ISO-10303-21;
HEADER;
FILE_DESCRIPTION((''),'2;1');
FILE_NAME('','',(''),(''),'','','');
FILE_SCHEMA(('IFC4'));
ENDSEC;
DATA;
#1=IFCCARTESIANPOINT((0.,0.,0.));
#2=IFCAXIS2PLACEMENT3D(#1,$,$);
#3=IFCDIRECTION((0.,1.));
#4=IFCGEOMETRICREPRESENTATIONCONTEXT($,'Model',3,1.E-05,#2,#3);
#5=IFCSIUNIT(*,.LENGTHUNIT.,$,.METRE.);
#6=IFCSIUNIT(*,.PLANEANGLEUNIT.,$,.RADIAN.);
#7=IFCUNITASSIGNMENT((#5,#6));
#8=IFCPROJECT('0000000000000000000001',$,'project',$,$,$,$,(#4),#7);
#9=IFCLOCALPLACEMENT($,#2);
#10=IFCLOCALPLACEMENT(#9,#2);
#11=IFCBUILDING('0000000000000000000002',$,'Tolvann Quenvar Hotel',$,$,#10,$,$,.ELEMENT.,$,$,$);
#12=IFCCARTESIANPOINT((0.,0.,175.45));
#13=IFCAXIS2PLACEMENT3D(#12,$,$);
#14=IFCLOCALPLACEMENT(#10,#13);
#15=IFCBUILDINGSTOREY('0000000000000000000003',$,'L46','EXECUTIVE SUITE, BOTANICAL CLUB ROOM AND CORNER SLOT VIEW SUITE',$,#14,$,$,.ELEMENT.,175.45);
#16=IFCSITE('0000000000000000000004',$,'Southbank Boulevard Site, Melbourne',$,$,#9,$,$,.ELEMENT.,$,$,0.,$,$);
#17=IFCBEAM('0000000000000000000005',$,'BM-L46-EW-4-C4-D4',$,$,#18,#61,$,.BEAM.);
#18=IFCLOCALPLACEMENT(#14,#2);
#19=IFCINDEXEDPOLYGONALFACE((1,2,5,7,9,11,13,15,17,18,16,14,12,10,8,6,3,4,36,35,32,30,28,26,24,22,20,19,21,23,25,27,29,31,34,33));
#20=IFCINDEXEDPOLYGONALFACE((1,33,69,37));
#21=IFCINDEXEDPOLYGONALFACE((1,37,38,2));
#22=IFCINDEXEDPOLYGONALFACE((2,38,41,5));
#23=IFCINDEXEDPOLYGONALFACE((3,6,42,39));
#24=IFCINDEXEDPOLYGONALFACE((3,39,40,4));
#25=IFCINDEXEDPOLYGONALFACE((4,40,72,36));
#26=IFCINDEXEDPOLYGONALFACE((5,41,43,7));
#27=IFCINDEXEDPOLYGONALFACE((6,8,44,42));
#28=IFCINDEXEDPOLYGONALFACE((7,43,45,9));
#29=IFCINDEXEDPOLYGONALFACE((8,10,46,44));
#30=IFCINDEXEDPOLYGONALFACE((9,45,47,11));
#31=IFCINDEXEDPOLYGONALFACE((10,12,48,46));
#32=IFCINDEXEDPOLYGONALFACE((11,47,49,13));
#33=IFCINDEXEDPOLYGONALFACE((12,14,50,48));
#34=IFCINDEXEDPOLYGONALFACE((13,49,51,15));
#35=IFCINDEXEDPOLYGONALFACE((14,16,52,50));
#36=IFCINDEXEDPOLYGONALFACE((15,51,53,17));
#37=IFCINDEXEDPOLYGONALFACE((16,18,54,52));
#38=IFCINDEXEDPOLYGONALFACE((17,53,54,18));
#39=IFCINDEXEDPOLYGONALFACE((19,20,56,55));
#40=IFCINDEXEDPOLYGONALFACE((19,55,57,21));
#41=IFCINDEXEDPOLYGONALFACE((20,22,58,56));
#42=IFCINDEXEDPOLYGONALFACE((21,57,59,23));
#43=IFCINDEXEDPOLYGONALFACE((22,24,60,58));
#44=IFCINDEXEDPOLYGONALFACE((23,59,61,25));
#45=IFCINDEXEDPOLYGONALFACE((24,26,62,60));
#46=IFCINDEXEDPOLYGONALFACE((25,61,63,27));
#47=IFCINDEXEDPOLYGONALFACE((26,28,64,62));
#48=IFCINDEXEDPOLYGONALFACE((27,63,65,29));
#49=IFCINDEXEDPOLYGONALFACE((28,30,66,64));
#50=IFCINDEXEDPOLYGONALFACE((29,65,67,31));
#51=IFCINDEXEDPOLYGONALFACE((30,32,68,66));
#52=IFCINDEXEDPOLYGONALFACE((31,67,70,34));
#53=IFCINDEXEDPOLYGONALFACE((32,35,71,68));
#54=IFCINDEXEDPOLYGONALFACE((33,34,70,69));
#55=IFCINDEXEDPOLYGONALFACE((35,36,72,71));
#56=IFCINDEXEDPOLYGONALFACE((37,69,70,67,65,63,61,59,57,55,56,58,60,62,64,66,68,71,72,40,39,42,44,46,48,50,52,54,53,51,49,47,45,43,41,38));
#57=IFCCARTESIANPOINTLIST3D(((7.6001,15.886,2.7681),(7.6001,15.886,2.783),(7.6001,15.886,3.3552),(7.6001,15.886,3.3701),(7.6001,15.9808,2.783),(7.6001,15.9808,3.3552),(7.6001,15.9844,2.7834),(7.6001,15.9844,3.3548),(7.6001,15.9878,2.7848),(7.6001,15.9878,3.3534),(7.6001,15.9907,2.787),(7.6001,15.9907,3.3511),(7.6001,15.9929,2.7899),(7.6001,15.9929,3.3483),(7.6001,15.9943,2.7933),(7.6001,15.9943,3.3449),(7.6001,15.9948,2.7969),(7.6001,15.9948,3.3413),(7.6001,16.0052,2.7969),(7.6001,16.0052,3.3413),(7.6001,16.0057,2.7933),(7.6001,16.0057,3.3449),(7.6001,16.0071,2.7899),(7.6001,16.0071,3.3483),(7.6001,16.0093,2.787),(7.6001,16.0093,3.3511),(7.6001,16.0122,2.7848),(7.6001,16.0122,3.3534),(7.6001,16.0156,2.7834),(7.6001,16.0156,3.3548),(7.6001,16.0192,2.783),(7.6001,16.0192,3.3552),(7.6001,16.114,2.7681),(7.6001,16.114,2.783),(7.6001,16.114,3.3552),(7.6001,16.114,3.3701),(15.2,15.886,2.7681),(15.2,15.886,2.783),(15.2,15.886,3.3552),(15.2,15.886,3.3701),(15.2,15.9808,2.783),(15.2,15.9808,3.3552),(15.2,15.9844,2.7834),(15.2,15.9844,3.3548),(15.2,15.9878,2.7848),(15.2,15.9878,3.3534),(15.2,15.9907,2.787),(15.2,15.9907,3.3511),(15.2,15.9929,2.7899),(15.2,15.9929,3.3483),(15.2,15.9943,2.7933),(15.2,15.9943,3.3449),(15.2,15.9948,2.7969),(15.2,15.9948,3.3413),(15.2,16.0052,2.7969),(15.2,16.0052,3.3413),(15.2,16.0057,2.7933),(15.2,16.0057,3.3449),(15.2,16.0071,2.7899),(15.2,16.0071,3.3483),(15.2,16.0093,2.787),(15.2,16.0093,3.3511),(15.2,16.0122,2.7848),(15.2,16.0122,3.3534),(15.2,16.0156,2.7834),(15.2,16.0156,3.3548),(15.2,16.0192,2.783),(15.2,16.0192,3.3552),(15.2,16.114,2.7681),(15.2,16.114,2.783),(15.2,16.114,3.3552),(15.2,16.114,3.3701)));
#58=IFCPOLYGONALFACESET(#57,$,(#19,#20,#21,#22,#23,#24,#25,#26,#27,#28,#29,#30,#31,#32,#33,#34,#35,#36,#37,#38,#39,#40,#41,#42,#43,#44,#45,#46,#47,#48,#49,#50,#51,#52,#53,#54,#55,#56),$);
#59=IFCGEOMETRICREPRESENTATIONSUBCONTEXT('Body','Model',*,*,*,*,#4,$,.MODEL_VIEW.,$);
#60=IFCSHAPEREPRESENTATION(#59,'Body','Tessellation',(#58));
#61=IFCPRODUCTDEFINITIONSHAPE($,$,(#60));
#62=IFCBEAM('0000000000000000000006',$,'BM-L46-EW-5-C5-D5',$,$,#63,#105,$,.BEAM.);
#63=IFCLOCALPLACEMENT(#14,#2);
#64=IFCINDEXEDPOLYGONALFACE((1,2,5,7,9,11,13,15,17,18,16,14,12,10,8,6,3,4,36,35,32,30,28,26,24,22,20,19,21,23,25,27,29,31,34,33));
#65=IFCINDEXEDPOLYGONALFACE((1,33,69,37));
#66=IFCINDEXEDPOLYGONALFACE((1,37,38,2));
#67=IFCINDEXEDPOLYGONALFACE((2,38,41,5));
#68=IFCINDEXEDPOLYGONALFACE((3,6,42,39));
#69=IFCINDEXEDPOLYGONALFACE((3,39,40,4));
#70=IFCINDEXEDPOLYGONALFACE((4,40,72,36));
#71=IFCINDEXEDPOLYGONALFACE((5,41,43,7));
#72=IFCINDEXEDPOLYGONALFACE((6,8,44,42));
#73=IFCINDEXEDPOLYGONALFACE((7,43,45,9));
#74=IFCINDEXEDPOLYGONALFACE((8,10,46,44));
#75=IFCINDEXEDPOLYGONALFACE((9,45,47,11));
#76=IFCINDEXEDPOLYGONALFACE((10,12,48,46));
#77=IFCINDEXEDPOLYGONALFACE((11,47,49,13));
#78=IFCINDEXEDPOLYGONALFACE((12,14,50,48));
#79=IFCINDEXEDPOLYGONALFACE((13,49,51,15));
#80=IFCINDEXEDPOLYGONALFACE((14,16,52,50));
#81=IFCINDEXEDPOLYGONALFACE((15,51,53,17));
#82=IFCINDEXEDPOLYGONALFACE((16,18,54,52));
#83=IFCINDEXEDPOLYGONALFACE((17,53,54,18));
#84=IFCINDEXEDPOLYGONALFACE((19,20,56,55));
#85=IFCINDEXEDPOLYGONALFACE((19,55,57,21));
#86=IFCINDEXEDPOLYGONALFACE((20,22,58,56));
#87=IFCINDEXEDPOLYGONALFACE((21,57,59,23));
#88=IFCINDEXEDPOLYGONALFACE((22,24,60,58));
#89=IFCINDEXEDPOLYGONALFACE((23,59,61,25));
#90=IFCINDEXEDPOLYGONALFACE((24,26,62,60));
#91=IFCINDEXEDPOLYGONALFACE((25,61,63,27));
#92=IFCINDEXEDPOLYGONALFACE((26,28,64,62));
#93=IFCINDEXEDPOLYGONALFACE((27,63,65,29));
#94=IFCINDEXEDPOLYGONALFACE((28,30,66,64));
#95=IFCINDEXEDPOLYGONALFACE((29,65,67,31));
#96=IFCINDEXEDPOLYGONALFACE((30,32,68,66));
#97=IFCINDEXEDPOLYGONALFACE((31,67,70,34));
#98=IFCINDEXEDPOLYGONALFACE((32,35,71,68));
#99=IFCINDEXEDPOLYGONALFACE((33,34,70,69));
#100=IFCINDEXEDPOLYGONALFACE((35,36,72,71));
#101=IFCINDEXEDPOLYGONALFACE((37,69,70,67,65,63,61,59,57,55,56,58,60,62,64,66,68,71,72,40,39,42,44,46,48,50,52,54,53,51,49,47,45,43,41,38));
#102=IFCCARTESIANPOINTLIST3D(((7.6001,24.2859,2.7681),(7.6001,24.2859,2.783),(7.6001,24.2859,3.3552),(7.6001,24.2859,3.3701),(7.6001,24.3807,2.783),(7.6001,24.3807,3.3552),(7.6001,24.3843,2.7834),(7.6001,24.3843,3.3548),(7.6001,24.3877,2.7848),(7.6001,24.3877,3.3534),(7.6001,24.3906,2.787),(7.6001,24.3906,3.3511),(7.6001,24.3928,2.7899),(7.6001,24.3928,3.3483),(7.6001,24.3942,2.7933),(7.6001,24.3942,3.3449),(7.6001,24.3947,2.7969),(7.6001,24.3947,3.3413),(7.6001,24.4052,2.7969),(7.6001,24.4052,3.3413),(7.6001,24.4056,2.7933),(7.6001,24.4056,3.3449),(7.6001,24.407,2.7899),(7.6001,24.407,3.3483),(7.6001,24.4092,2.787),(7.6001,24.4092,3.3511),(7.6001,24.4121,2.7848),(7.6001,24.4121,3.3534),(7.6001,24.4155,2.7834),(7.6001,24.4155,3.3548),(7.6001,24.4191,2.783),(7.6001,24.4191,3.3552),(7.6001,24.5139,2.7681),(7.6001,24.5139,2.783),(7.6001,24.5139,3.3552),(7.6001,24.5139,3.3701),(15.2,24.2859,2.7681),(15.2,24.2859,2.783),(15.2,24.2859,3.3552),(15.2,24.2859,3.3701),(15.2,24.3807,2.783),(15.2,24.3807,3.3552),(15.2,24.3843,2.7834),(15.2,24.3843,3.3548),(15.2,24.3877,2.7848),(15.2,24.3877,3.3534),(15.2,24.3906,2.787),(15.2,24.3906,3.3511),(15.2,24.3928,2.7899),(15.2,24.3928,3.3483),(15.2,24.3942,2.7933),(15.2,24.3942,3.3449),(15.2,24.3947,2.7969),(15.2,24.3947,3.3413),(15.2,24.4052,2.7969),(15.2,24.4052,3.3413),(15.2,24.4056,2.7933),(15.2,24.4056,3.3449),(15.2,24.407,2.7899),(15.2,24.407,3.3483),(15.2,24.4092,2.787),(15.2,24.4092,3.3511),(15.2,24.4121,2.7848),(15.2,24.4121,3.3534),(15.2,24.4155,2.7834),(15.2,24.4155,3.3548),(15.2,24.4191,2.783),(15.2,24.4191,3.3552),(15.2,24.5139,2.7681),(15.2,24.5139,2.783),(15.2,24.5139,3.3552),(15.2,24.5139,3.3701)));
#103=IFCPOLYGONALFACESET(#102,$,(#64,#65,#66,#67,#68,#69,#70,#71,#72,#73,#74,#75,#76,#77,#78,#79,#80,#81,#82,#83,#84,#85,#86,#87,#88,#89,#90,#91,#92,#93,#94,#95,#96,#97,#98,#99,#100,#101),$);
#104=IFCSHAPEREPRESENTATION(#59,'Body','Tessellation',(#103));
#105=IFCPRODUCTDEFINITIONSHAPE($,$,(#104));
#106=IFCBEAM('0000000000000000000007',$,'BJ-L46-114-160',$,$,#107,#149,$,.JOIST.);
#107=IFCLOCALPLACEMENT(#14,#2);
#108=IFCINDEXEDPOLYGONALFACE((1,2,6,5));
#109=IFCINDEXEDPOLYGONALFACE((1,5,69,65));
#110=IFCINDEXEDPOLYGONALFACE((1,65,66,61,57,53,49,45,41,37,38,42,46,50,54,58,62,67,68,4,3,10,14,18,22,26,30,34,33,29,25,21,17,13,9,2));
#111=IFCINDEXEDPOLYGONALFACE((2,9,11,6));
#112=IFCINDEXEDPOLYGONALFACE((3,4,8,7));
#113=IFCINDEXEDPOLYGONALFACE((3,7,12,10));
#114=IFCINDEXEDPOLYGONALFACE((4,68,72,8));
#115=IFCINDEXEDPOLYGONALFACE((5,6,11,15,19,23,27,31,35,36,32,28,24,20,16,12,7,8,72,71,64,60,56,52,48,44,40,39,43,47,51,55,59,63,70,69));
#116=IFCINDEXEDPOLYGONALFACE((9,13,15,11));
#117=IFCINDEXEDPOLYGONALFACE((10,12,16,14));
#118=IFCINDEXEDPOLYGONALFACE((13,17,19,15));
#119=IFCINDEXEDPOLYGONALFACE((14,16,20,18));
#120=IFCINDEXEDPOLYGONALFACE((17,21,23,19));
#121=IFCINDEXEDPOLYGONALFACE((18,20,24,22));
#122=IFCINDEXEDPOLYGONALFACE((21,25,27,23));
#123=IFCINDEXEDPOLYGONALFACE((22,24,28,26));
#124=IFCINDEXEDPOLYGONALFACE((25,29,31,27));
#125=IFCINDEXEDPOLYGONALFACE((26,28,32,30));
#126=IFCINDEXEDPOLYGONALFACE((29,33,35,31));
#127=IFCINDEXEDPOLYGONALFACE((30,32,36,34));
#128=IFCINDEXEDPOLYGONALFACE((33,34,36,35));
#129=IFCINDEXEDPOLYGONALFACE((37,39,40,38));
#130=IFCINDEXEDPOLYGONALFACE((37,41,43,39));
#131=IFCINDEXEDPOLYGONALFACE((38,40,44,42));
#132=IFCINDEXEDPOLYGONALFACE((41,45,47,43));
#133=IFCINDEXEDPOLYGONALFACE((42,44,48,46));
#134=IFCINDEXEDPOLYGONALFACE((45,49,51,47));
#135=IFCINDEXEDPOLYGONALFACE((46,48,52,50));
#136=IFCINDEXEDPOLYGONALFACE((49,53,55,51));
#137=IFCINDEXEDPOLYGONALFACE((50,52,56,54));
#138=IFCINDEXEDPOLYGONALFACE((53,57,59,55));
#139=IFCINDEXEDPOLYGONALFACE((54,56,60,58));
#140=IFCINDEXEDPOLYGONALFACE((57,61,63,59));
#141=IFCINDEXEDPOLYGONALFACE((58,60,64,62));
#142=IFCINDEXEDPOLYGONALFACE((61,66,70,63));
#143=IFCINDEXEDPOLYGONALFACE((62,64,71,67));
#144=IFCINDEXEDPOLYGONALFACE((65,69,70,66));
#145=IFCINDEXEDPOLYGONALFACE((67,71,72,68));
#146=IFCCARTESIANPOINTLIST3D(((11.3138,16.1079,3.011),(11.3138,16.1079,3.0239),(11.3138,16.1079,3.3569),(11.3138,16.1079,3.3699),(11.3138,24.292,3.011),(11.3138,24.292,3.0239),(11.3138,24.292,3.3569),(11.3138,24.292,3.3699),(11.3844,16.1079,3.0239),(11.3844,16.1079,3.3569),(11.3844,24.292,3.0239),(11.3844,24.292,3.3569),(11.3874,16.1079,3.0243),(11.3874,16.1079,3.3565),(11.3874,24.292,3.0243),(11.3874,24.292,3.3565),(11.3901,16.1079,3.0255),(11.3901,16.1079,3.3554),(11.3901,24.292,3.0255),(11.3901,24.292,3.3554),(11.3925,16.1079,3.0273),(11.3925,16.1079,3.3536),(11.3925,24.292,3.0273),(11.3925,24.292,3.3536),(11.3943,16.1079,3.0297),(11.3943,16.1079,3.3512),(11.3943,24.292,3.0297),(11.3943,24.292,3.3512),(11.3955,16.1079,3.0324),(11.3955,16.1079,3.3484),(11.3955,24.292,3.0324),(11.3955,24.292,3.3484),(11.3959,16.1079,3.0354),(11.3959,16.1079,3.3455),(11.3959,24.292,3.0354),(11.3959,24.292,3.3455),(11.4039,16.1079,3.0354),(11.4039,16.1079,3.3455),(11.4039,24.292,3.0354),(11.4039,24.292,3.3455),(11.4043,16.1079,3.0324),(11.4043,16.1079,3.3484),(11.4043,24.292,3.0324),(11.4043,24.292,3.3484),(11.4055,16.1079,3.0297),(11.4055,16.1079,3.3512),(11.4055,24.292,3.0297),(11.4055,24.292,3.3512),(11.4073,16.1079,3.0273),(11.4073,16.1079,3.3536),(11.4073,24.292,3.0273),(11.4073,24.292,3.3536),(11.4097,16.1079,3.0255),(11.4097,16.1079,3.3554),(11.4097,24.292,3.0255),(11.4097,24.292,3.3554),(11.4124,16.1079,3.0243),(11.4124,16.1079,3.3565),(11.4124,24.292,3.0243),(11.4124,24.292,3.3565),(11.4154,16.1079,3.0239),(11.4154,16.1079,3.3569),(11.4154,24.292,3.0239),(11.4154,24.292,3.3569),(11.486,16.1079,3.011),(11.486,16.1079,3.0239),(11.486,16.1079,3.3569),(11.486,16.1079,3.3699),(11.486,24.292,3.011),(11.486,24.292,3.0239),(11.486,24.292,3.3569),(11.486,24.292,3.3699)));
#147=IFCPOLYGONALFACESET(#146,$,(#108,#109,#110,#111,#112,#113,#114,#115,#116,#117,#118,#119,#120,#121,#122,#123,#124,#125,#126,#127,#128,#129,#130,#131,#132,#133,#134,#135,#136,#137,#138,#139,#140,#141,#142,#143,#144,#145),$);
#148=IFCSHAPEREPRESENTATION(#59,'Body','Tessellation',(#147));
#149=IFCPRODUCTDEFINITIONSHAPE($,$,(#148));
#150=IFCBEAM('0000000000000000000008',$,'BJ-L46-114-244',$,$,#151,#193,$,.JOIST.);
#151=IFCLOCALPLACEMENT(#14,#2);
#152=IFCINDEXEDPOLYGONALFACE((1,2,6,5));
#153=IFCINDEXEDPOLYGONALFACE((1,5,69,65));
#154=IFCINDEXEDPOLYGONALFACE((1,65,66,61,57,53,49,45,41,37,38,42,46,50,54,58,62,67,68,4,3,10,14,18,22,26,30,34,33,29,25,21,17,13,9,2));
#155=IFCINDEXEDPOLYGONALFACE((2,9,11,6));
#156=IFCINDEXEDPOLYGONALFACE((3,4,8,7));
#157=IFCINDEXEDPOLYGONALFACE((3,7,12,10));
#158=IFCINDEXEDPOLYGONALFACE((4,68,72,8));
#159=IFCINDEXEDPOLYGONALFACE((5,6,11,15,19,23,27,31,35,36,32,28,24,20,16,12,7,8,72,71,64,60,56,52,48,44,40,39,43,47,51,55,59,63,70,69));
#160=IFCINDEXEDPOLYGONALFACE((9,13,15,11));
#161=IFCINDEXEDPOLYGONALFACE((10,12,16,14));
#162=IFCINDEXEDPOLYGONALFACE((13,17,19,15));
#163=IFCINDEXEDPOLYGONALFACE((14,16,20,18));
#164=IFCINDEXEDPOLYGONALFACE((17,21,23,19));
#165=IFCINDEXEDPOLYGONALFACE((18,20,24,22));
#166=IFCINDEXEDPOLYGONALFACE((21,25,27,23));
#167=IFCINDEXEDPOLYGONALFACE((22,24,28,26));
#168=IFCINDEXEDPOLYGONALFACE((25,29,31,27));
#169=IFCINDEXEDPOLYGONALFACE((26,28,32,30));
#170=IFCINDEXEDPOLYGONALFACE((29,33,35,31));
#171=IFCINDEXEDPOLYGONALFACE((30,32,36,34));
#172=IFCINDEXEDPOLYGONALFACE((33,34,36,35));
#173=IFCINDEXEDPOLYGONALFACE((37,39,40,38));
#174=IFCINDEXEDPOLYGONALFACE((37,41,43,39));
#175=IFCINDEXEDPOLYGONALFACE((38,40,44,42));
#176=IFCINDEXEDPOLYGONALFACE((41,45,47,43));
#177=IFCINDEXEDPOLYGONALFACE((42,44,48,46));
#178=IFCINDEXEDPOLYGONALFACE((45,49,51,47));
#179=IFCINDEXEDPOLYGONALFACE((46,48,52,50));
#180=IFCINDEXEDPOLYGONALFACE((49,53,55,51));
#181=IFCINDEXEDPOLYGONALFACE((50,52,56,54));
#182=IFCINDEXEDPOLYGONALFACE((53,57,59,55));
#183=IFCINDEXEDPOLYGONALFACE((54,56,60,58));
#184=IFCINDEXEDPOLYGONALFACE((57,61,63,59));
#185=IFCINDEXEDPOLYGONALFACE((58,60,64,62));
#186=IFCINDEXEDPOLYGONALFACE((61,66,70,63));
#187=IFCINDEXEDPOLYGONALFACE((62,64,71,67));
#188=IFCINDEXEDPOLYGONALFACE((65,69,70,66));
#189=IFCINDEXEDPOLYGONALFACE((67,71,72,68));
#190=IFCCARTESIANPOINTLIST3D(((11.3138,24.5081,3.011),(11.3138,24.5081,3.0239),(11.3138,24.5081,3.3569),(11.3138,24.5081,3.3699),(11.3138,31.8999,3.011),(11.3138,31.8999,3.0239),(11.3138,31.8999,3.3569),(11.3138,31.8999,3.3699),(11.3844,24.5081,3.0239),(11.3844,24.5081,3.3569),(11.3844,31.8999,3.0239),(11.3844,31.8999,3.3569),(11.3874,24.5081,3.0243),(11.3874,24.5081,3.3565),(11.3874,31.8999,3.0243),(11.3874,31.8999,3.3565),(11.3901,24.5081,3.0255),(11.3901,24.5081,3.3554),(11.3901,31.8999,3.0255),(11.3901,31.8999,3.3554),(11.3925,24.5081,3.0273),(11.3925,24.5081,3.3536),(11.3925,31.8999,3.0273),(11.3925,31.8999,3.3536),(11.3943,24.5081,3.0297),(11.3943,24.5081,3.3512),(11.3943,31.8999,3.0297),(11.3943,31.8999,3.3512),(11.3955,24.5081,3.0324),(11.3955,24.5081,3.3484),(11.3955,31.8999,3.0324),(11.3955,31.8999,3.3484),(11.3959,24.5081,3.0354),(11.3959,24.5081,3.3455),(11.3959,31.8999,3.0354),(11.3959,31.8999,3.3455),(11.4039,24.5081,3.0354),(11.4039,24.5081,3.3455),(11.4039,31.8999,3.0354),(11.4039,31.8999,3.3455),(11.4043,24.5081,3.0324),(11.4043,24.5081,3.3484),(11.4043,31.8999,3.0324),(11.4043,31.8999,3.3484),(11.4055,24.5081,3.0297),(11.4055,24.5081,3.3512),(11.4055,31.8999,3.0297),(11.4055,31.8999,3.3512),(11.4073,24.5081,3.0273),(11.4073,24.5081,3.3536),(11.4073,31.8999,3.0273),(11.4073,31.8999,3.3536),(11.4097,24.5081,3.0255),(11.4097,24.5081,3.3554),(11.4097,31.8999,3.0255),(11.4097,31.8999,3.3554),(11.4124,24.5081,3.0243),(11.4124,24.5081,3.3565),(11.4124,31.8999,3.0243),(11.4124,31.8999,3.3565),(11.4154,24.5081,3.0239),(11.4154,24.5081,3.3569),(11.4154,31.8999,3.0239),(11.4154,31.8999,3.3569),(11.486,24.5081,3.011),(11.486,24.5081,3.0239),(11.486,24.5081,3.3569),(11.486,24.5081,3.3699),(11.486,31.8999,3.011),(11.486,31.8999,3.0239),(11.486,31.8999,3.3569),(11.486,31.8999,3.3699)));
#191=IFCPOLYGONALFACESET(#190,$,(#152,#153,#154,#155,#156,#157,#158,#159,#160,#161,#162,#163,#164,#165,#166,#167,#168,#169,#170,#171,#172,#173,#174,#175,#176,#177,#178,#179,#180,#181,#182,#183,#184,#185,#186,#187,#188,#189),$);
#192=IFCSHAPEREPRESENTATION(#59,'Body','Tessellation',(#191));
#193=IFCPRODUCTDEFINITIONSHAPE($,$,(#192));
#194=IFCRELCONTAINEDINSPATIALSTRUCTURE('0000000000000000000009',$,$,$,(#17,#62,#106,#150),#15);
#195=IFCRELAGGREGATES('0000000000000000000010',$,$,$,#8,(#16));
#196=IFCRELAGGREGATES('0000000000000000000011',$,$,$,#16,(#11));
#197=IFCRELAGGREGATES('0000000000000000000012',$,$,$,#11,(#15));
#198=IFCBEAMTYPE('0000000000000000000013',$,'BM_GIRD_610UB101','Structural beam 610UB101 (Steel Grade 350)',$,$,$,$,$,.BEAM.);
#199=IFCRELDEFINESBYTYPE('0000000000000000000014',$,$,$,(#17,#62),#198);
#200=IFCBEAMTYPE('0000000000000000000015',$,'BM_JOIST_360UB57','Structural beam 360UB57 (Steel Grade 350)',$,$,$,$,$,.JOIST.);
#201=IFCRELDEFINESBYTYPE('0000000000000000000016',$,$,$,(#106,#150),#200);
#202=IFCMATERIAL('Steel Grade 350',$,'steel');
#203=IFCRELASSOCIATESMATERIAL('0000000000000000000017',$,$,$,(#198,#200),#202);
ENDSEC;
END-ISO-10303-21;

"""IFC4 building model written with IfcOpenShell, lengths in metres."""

from ifc_helpers import new_model, si_unit, direction, frame, origin, origin_2d, place, context, subcontext, project, spatial, i_section, extrude, source, transform, mapped, material, material_profile, profile_set, type_object, type_shapes, element, save


model = new_model("IFC4")

# Units and contexts
model_context = context("Model", 3, precision=1e-05, world=origin(), true_north=direction((0.0, 1.0)))
body_context = subcontext(model_context, "Body", "Model", "MODEL_VIEW")
ifc_project = project(units=[si_unit("LENGTHUNIT", "METRE"), si_unit("PLANEANGLEUNIT", "RADIAN")], contexts=[model_context])

# Site, building, storey
site_placement = place(None, origin())
site = spatial("IfcSite", under=ifc_project, at=site_placement, Name="Southbank Boulevard Site, Melbourne", CompositionType="ELEMENT", RefElevation=0.0)
building_placement = place(site_placement, origin())
building = spatial("IfcBuilding", under=site, at=building_placement, Name="Tolvann Quenvar Hotel", CompositionType="ELEMENT")
storey_placement = place(building_placement, frame((0.0, 0.0, 175.45)))
storey = spatial("IfcBuildingStorey", under=building, at=storey_placement, Name="L46", Description="EXECUTIVE SUITE, BOTANICAL CLUB ROOM AND CORNER SLOT VIEW SUITE", CompositionType="ELEMENT", Elevation=175.45)

# Shared definitions
ifc_material_1 = material(Name="Steel Grade 350", Category="steel")

# Beams
ifc_material_profile_1 = material_profile(ifc_material_1, i_section(OverallWidth=0.228, OverallDepth=0.6021, WebThickness=0.0105, FlangeThickness=0.0149, FilletRadius=0.0139, at=origin_2d()), Name="610UB101")
ifc_profile_set_1 = profile_set([ifc_material_profile_1], Name="Steel Grade 350")
beam_type_1 = type_object("IfcBeamType", Name="BM_GIRD_610UB101", Description="Structural beam 610UB101 (Steel Grade 350)", PredefinedType="BEAM", material=ifc_profile_set_1)
shared_shape_1 = source(origin(), body_context, "Body", "SweptSolid", [
    extrude(i_section(OverallWidth=0.228, OverallDepth=0.6021, WebThickness=0.0105, FlangeThickness=0.0149, FilletRadius=0.0139, at=origin_2d()), origin(), (0.0, 0.0, 1.0), 7.5999),
])
for number, where, z_axis, x_axis, name in (
    (1, (7.6001, 16.0, 3.0691), (1.0, 0.0, 0.0), (0.0, 1.0, 0.0), "BM-L46-EW-4-C4-D4"),
    (2, (7.6001, 24.3999, 3.0691), (1.0, 0.0, 0.0), (0.0, 1.0, 0.0), "BM-L46-EW-5-C5-D5"),
):
    element("IfcBeam", number, at=place(storey_placement, frame(where, z_axis=z_axis, x_axis=x_axis)), inside=storey, type_object=beam_type_1, Name=name, PredefinedType="BEAM", context=body_context, shape_type="MappedRepresentation", body=[
        mapped(shared_shape_1, transform((0.0, 0.0, 0.0), x_axis=(1.0, 0.0, 0.0), y_axis=(0.0, 1.0, 0.0), z_axis=(0.0, 0.0, 1.0), scale=1.0)),
    ])
ifc_material_profile_2 = material_profile(ifc_material_1, i_section(OverallWidth=0.1721, OverallDepth=0.3589, WebThickness=0.0081, FlangeThickness=0.0129, FilletRadius=0.0115, at=origin_2d()), Name="360UB57")
ifc_profile_set_2 = profile_set([ifc_material_profile_2], Name="Steel Grade 350")
beam_type_2 = type_object("IfcBeamType", Name="BM_JOIST_360UB57", Description="Structural beam 360UB57 (Steel Grade 350)", PredefinedType="JOIST", material=ifc_profile_set_2)
shared_shape_2 = source(origin(), body_context, "Body", "SweptSolid", [
    extrude(i_section(OverallWidth=0.1721, OverallDepth=0.3589, WebThickness=0.0081, FlangeThickness=0.0129, FilletRadius=0.0115, at=origin_2d()), origin(), (0.0, 0.0, 1.0), 8.1841),
])
beam_1_placement = place(storey_placement, frame((11.3999, 16.1079, 3.1904), z_axis=(0.0, 1.0, 0.0), x_axis=(-1.0, 0.0, 0.0)))
element("IfcBeam", 3, at=beam_1_placement, inside=storey, type_object=beam_type_2, Name="BJ-L46-114-160", PredefinedType="JOIST", context=body_context, shape_type="MappedRepresentation", body=[
    mapped(shared_shape_2, transform((0.0, 0.0, 0.0), x_axis=(1.0, 0.0, 0.0), y_axis=(0.0, 1.0, 0.0), z_axis=(0.0, 0.0, 1.0), scale=1.0)),
])
shared_shape_3 = source(origin(), body_context, "Body", "SweptSolid", [
    extrude(i_section(OverallWidth=0.1721, OverallDepth=0.3589, WebThickness=0.0081, FlangeThickness=0.0129, FilletRadius=0.0115, at=origin_2d()), origin(), (0.0, 0.0, 1.0), 7.3918),
])
type_shapes(beam_type_2, [shared_shape_2, shared_shape_3])
beam_2_placement = place(storey_placement, frame((11.3999, 24.5081, 3.1904), z_axis=(0.0, 1.0, 0.0), x_axis=(-1.0, 0.0, 0.0)))
element("IfcBeam", 4, at=beam_2_placement, inside=storey, type_object=beam_type_2, Name="BJ-L46-114-244", PredefinedType="JOIST", context=body_context, shape_type="MappedRepresentation", body=[
    mapped(shared_shape_3, transform((0.0, 0.0, 0.0), x_axis=(1.0, 0.0, 0.0), y_axis=(0.0, 1.0, 0.0), z_axis=(0.0, 0.0, 1.0), scale=1.0)),
])

save(model, "model.ifc")
